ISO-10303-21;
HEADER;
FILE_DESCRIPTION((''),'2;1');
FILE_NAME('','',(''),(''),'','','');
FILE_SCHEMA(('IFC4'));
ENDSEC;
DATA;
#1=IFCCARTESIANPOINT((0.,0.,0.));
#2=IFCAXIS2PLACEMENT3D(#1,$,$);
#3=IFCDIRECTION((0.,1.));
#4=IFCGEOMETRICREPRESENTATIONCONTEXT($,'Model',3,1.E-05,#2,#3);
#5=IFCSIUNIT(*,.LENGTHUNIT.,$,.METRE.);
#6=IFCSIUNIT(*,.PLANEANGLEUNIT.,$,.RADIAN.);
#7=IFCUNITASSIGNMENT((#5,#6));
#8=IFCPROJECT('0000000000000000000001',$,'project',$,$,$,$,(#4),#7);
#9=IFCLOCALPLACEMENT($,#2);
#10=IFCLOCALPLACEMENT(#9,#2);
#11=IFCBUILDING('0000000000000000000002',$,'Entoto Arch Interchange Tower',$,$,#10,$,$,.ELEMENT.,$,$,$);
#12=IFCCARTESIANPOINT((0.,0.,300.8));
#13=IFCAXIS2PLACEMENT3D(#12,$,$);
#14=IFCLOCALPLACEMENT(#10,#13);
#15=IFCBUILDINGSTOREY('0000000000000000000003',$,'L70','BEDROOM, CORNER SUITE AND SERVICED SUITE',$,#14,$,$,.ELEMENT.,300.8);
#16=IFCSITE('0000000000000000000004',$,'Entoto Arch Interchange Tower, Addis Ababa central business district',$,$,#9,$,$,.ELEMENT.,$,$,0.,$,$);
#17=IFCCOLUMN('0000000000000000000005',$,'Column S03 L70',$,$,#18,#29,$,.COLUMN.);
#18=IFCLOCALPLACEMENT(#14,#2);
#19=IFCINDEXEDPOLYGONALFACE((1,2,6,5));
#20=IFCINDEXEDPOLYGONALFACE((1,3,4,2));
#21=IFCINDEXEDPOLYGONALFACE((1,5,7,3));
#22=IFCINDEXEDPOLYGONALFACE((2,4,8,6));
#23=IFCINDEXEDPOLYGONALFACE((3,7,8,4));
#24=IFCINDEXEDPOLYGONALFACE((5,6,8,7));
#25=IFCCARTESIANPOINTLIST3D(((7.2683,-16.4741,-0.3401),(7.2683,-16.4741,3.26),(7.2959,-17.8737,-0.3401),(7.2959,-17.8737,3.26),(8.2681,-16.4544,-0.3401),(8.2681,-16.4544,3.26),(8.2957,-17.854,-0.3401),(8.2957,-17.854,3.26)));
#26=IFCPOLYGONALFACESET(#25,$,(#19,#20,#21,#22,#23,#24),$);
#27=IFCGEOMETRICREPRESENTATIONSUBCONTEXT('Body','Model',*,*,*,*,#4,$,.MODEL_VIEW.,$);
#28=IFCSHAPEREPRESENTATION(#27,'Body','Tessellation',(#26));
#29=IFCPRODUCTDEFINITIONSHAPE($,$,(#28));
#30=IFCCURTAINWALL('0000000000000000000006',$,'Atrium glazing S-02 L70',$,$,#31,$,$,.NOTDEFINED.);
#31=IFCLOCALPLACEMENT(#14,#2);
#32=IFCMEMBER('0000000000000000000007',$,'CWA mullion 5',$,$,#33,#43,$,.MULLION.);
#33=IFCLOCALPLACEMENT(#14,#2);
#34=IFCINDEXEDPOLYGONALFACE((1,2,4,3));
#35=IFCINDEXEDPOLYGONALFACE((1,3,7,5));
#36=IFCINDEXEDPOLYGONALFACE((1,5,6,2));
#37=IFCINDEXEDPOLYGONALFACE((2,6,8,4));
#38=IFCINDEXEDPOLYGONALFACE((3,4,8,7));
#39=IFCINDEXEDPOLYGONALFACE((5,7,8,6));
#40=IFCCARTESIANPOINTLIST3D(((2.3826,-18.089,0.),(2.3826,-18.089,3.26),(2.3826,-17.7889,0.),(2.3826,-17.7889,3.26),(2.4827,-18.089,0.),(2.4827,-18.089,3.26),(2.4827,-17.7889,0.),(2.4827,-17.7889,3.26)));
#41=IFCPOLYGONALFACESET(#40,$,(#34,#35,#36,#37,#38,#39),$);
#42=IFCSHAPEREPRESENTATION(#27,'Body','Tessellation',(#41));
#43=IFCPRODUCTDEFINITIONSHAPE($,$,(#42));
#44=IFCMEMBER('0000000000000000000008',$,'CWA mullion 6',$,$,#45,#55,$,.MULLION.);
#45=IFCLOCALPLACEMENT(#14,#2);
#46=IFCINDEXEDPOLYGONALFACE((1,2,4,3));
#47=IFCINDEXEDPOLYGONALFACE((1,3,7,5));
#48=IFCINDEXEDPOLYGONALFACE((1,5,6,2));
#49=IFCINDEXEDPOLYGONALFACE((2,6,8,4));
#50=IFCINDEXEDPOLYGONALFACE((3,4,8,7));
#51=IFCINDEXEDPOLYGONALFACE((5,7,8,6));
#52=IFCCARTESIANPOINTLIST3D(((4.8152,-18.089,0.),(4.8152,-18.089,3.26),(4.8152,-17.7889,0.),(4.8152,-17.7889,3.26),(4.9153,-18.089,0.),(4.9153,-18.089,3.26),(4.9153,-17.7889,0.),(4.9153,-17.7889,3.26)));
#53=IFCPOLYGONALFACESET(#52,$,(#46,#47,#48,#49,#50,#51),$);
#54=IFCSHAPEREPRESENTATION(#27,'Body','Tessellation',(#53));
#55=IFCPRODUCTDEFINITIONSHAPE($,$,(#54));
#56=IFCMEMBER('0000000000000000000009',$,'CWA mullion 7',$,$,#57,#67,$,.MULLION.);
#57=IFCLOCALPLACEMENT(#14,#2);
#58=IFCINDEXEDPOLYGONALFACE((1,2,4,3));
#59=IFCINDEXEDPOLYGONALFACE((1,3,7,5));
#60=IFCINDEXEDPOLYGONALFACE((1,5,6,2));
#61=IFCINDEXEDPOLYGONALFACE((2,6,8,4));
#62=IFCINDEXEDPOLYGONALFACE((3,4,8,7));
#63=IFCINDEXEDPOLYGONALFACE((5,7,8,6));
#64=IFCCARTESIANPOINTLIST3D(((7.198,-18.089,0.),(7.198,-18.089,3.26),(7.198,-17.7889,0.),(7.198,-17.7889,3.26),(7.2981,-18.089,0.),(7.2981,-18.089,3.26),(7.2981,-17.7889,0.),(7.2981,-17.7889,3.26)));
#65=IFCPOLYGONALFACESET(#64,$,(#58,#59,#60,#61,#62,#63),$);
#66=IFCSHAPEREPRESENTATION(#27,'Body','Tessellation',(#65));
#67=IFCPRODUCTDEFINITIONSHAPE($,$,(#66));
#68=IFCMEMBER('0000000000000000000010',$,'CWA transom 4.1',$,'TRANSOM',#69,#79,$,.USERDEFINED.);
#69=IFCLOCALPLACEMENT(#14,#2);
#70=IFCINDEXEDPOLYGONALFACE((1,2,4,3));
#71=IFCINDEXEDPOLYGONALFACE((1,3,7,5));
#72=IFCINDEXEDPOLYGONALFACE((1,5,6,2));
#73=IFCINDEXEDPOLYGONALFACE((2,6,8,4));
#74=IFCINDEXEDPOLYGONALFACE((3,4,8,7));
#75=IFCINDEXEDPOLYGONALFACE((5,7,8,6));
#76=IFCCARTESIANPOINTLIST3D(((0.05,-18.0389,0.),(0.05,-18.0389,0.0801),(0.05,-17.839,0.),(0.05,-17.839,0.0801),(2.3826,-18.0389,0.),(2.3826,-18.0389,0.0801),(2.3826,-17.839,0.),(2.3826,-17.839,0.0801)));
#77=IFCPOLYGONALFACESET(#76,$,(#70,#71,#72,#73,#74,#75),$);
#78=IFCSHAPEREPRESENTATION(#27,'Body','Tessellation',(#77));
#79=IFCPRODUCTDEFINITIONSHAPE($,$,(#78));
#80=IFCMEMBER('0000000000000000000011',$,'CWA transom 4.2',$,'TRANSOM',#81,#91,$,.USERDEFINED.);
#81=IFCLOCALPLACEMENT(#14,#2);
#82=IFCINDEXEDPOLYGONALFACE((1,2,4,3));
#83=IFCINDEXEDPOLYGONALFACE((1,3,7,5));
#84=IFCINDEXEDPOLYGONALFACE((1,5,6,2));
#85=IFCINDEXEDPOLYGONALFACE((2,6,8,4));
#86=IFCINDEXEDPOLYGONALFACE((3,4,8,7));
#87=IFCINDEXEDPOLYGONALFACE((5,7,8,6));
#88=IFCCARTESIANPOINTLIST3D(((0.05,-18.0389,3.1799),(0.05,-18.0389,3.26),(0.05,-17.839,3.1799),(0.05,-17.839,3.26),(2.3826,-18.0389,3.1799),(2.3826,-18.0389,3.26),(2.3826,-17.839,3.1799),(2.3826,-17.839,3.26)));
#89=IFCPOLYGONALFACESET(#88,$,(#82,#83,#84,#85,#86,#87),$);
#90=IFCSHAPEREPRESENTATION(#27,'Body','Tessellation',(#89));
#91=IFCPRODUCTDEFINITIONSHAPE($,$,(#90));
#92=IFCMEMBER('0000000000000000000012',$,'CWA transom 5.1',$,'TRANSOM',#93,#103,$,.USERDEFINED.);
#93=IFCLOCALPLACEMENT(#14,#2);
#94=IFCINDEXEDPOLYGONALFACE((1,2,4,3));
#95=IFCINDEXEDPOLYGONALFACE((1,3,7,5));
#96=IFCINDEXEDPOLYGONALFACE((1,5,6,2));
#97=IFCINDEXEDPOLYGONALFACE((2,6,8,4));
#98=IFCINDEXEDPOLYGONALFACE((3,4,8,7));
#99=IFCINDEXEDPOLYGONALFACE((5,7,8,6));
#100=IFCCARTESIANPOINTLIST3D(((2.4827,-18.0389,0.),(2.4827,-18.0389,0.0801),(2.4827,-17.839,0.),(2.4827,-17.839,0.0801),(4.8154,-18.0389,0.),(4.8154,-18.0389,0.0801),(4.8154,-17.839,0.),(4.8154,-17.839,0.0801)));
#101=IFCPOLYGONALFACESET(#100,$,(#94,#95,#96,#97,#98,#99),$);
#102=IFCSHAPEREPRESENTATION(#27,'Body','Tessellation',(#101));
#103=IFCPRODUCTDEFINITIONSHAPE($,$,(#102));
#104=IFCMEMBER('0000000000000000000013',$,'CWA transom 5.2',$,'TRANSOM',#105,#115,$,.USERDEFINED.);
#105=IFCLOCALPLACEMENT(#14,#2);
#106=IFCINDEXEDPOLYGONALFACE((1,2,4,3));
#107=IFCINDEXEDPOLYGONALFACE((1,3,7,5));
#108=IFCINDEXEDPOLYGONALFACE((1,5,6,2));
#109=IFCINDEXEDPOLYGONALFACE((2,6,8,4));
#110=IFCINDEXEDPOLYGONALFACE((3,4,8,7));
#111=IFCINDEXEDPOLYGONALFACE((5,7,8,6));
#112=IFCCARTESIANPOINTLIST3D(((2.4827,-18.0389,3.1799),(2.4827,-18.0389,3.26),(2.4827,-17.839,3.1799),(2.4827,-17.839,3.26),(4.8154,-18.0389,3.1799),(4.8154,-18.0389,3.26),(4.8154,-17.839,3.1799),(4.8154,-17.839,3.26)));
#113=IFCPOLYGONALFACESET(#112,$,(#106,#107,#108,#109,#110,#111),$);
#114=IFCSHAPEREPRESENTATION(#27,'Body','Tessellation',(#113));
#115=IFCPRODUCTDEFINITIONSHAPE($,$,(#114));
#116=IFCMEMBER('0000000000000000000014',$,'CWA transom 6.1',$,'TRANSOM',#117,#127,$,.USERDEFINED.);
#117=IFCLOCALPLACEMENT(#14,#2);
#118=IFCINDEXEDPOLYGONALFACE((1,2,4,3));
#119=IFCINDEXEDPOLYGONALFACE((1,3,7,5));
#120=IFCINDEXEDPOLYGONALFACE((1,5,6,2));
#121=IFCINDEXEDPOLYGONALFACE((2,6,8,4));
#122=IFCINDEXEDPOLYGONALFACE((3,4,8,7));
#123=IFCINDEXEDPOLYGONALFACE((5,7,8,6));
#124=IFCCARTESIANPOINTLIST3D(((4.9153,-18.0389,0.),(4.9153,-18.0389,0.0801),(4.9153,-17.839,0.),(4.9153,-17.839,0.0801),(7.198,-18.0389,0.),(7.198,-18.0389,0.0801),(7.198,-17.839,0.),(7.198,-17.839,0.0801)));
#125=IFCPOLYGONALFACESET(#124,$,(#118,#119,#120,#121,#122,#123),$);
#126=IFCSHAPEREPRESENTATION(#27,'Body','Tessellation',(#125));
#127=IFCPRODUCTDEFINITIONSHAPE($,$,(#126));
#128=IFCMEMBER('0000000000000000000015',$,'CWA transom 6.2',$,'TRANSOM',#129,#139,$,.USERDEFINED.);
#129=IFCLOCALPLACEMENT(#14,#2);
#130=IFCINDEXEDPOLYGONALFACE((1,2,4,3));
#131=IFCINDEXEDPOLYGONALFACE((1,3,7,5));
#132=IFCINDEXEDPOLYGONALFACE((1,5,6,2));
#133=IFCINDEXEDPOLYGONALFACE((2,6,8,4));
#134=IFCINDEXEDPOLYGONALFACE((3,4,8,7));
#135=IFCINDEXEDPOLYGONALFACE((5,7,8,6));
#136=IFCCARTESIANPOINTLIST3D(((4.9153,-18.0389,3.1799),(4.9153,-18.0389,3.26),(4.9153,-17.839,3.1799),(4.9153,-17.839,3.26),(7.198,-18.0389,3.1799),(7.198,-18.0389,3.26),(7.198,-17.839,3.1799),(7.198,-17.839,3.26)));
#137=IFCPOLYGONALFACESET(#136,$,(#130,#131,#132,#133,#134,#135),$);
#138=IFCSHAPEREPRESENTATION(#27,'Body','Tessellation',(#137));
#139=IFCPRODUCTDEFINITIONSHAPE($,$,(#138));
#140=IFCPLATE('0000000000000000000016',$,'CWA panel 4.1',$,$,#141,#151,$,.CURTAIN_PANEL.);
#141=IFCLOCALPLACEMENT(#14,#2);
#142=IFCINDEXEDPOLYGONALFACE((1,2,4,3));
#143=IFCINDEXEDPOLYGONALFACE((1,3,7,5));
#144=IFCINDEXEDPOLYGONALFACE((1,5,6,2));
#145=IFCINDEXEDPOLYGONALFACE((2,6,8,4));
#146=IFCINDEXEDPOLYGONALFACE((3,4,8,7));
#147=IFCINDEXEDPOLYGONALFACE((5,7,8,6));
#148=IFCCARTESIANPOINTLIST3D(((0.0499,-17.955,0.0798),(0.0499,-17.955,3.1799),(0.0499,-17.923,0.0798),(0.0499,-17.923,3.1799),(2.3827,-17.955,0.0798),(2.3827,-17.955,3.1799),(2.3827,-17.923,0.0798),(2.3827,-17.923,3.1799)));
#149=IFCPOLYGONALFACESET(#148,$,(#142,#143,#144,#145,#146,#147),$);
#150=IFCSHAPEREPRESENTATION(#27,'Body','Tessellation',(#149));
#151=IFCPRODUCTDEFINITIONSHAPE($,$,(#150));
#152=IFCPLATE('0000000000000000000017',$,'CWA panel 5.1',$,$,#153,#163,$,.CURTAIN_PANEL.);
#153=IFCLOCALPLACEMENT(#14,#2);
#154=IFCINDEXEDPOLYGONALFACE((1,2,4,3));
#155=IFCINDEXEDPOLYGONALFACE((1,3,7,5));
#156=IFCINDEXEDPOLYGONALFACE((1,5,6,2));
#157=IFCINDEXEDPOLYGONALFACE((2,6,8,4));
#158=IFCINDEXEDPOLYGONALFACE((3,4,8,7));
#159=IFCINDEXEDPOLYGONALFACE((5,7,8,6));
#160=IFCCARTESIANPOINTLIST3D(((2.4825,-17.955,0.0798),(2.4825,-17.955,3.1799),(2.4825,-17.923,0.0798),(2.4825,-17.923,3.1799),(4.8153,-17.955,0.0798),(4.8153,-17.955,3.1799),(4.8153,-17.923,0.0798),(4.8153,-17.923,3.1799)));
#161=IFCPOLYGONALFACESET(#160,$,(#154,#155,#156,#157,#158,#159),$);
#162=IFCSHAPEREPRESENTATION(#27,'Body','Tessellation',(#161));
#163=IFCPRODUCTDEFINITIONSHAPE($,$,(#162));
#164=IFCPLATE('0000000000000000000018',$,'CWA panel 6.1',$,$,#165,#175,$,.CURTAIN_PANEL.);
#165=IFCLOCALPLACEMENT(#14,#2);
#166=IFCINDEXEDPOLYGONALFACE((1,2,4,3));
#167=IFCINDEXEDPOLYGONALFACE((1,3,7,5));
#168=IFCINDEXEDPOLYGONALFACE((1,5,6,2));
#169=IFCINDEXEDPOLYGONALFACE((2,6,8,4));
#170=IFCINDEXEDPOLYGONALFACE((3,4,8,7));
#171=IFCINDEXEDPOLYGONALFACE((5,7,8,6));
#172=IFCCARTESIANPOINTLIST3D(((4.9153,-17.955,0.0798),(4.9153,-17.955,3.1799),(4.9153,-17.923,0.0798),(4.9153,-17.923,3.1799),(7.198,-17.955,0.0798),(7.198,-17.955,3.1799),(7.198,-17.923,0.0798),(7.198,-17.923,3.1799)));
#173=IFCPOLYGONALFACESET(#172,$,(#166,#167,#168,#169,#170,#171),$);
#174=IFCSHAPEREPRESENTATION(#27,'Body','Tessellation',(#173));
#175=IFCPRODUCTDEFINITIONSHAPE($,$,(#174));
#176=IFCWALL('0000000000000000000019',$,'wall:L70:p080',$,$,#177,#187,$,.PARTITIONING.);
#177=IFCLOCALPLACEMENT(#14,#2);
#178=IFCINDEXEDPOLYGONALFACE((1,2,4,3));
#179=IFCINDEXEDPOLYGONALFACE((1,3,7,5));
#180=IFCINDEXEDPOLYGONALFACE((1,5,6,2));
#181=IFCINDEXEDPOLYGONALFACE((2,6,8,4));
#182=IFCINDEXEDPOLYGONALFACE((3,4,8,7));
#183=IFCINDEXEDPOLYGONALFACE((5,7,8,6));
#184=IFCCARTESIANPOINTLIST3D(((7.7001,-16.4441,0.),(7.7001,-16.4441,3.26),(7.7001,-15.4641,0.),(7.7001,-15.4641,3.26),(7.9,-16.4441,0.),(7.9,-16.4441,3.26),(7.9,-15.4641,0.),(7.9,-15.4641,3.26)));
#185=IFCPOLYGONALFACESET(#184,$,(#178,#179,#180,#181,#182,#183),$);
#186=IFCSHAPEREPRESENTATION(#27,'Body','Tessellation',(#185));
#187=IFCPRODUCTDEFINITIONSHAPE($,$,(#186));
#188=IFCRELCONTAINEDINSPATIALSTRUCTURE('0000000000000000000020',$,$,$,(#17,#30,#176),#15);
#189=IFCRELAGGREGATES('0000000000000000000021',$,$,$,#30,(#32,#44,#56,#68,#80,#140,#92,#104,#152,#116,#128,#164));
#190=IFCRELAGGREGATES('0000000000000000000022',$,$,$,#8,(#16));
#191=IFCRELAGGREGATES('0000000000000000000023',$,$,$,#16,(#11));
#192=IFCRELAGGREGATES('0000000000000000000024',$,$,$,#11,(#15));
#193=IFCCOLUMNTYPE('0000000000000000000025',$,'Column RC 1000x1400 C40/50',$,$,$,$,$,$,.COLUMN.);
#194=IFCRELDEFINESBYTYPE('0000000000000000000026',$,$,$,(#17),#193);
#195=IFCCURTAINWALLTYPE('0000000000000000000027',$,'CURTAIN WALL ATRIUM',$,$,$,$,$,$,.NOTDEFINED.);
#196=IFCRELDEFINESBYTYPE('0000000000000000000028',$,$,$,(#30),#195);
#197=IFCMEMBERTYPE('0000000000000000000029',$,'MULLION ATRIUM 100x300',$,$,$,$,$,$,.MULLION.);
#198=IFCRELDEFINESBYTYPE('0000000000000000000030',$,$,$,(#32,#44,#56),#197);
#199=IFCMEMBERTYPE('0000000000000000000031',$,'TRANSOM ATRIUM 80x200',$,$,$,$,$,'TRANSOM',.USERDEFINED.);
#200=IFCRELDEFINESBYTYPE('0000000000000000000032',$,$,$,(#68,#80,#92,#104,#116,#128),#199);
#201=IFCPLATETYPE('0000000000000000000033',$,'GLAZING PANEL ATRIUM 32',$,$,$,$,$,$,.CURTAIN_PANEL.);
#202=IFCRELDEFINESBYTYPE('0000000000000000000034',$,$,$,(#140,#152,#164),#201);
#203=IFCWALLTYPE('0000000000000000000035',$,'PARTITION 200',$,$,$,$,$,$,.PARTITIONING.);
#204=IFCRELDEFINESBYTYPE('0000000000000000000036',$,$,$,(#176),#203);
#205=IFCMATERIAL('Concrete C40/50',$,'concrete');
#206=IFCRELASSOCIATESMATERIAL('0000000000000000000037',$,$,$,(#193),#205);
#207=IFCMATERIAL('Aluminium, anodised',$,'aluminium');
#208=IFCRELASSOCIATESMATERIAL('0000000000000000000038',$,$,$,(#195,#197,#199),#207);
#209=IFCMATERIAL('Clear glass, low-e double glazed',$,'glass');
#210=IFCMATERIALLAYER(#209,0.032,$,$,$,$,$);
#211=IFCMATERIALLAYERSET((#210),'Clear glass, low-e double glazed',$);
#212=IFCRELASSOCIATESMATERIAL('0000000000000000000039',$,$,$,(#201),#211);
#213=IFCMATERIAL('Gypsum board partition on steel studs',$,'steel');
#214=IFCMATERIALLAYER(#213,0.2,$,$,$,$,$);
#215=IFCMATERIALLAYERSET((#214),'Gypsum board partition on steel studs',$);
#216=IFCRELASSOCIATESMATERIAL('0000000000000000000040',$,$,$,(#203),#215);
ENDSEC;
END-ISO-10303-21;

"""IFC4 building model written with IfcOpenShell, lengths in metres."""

from ifc_helpers import new_model, si_unit, direction, frame, frame_2d, origin, origin_2d, place, context, subcontext, project, spatial, rectangle, extrude, material, layer, layer_set, material_profile, profile_set, type_object, element, aggregate, save


model = new_model("IFC4")

# Units and contexts
model_context = context("Model", 3, precision=1e-05, world=origin(), true_north=direction((0.0, 1.0)))
body_context = subcontext(model_context, "Body", "Model", "MODEL_VIEW")
ifc_project = project(units=[si_unit("LENGTHUNIT", "METRE"), si_unit("PLANEANGLEUNIT", "RADIAN")], contexts=[model_context])

# Site, building, storey
site_placement = place(None, origin())
site = spatial("IfcSite", under=ifc_project, at=site_placement, Name="Entoto Arch Interchange Tower, Addis Ababa central business district", CompositionType="ELEMENT", RefElevation=0.0)
building_placement = place(site_placement, origin())
building = spatial("IfcBuilding", under=site, at=building_placement, Name="Entoto Arch Interchange Tower", CompositionType="ELEMENT")
storey_placement = place(building_placement, frame((0.0, 0.0, 300.8)))
storey = spatial("IfcBuildingStorey", under=building, at=storey_placement, Name="L70", Description="BEDROOM, CORNER SUITE AND SERVICED SUITE", CompositionType="ELEMENT", Elevation=300.8)

# Column
ifc_material_1 = material(Name="Concrete C40/50", Category="concrete")
ifc_material_profile_1 = material_profile(ifc_material_1, rectangle(XDim=1.0, YDim=1.3999, at=origin_2d()))
ifc_profile_set_1 = profile_set([ifc_material_profile_1], Name="Concrete C40/50")
column_type = type_object("IfcColumnType", Name="Column RC 1000x1400 C40/50", PredefinedType="COLUMN", material=ifc_profile_set_1)
column_placement = place(storey_placement, frame((7.782, -17.1641, -0.3401), z_axis=(0.0, 0.0, 1.0), x_axis=(0.999806, 0.019721, 0.0)))
element("IfcColumn", 1, at=column_placement, inside=storey, type_object=column_type, Name="Column S03 L70", PredefinedType="COLUMN", context=body_context, shape_type="SweptSolid", body=[
    extrude(rectangle(XDim=1.0, YDim=1.3999, at=origin_2d()), origin(), (0.0, 0.0, 1.0), 3.6001),
])

# Curtain wall, members, plates
ifc_material_2 = material(Name="Aluminium, anodised", Category="aluminium")
curtain_wall_type = type_object("IfcCurtainWallType", Name="CURTAIN WALL ATRIUM", PredefinedType="NOTDEFINED", material=ifc_material_2)
curtain_wall_placement = place(storey_placement, origin())
curtain_wall = element("IfcCurtainWall", 2, at=curtain_wall_placement, inside=storey, type_object=curtain_wall_type, Name="Atrium glazing S-02 L70", PredefinedType="NOTDEFINED")
ifc_material_profile_2 = material_profile(ifc_material_2, rectangle(XDim=0.3, YDim=0.1001, at=origin_2d()))
ifc_profile_set_2 = profile_set([ifc_material_profile_2], Name="Aluminium, anodised")
member_type_1 = type_object("IfcMemberType", Name="MULLION ATRIUM 100x300", PredefinedType="MULLION", material=ifc_profile_set_2)
member_1_placement = place(storey_placement, frame((2.4326, -17.939, 0.0), z_axis=(0.0, 0.0, 1.0), x_axis=(0.0, 1.0, 0.0)))
member_1 = element("IfcMember", 3, at=member_1_placement, type_object=member_type_1, Name="CWA mullion 5", PredefinedType="MULLION", context=body_context, shape_type="SweptSolid", body=[
    extrude(rectangle(XDim=0.3, YDim=0.1001, at=origin_2d()), origin(), (0.0, 0.0, 1.0), 3.26),
])
member_2_placement = place(storey_placement, frame((4.8652, -17.939, 0.0), z_axis=(0.0, 0.0, 1.0), x_axis=(0.0, 1.0, 0.0)))
member_2 = element("IfcMember", 4, at=member_2_placement, type_object=member_type_1, Name="CWA mullion 6", PredefinedType="MULLION", context=body_context, shape_type="SweptSolid", body=[
    extrude(rectangle(XDim=0.3, YDim=0.1001, at=origin_2d()), origin(), (0.0, 0.0, 1.0), 3.26),
])
member_3_placement = place(storey_placement, frame((7.248, -17.939, 0.0), z_axis=(0.0, 0.0, 1.0), x_axis=(0.0, 1.0, 0.0)))
member_3 = element("IfcMember", 5, at=member_3_placement, type_object=member_type_1, Name="CWA mullion 7", PredefinedType="MULLION", context=body_context, shape_type="SweptSolid", body=[
    extrude(rectangle(XDim=0.3, YDim=0.1001, at=origin_2d()), origin(), (0.0, 0.0, 1.0), 3.26),
])
ifc_material_profile_3 = material_profile(ifc_material_2, rectangle(XDim=0.2, YDim=0.0801, at=origin_2d()))
ifc_profile_set_3 = profile_set([ifc_material_profile_3], Name="Aluminium, anodised")
member_type_2 = type_object("IfcMemberType", Name="TRANSOM ATRIUM 80x200", ElementType="TRANSOM", PredefinedType="USERDEFINED", material=ifc_profile_set_3)
member_4_placement = place(storey_placement, frame((0.05, -17.939, 0.04), z_axis=(1.0, 0.0, 0.0), x_axis=(0.0, 1.0, 0.0)))
member_4 = element("IfcMember", 6, at=member_4_placement, type_object=member_type_2, Name="CWA transom 4.1", ObjectType="TRANSOM", PredefinedType="USERDEFINED", context=body_context, shape_type="SweptSolid", body=[
    extrude(rectangle(XDim=0.2, YDim=0.0801, at=origin_2d()), origin(), (0.0, 0.0, 1.0), 2.3325),
])
member_5_placement = place(storey_placement, frame((0.05, -17.939, 3.22), z_axis=(1.0, 0.0, 0.0), x_axis=(0.0, 1.0, 0.0)))
member_5 = element("IfcMember", 7, at=member_5_placement, type_object=member_type_2, Name="CWA transom 4.2", ObjectType="TRANSOM", PredefinedType="USERDEFINED", context=body_context, shape_type="SweptSolid", body=[
    extrude(rectangle(XDim=0.2, YDim=0.0801, at=origin_2d()), origin(), (0.0, 0.0, 1.0), 2.3325),
])
member_6_placement = place(storey_placement, frame((2.4827, -17.939, 0.04), z_axis=(1.0, 0.0, 0.0), x_axis=(0.0, 1.0, 0.0)))
member_6 = element("IfcMember", 8, at=member_6_placement, type_object=member_type_2, Name="CWA transom 5.1", ObjectType="TRANSOM", PredefinedType="USERDEFINED", context=body_context, shape_type="SweptSolid", body=[
    extrude(rectangle(XDim=0.2, YDim=0.0801, at=origin_2d()), origin(), (0.0, 0.0, 1.0), 2.3328),
])
member_7_placement = place(storey_placement, frame((2.4827, -17.939, 3.22), z_axis=(1.0, 0.0, 0.0), x_axis=(0.0, 1.0, 0.0)))
member_7 = element("IfcMember", 9, at=member_7_placement, type_object=member_type_2, Name="CWA transom 5.2", ObjectType="TRANSOM", PredefinedType="USERDEFINED", context=body_context, shape_type="SweptSolid", body=[
    extrude(rectangle(XDim=0.2, YDim=0.0801, at=origin_2d()), origin(), (0.0, 0.0, 1.0), 2.3328),
])
member_8_placement = place(storey_placement, frame((4.9153, -17.939, 0.04), z_axis=(1.0, 0.0, 0.0), x_axis=(0.0, 1.0, 0.0)))
member_8 = element("IfcMember", 10, at=member_8_placement, type_object=member_type_2, Name="CWA transom 6.1", ObjectType="TRANSOM", PredefinedType="USERDEFINED", context=body_context, shape_type="SweptSolid", body=[
    extrude(rectangle(XDim=0.2, YDim=0.0801, at=origin_2d()), origin(), (0.0, 0.0, 1.0), 2.2827),
])
member_9_placement = place(storey_placement, frame((4.9153, -17.939, 3.22), z_axis=(1.0, 0.0, 0.0), x_axis=(0.0, 1.0, 0.0)))
member_9 = element("IfcMember", 11, at=member_9_placement, type_object=member_type_2, Name="CWA transom 6.2", ObjectType="TRANSOM", PredefinedType="USERDEFINED", context=body_context, shape_type="SweptSolid", body=[
    extrude(rectangle(XDim=0.2, YDim=0.0801, at=origin_2d()), origin(), (0.0, 0.0, 1.0), 2.2827),
])
ifc_material_3 = material(Name="Clear glass, low-e double glazed", Category="glass")
ifc_layer_1 = layer(ifc_material_3, 0.032)
ifc_layer_set_1 = layer_set([ifc_layer_1], Name="Clear glass, low-e double glazed")
plate_type = type_object("IfcPlateType", Name="GLAZING PANEL ATRIUM 32", PredefinedType="CURTAIN_PANEL", material=ifc_layer_set_1)
plate_1_placement = place(storey_placement, frame((1.2163, -17.939, 0.0798), z_axis=(0.0, 0.0, 1.0), x_axis=(1.0, 0.0, 0.0)))
plate_1 = element("IfcPlate", 12, at=plate_1_placement, type_object=plate_type, Name="CWA panel 4.1", PredefinedType="CURTAIN_PANEL", context=body_context, shape_type="SweptSolid", body=[
    extrude(rectangle(XDim=2.3328, YDim=0.032, at=origin_2d()), origin(), (0.0, 0.0, 1.0), 3.1001),
])
plate_2_placement = place(storey_placement, frame((3.6489, -17.939, 0.0798), z_axis=(0.0, 0.0, 1.0), x_axis=(1.0, 0.0, 0.0)))
plate_2 = element("IfcPlate", 13, at=plate_2_placement, type_object=plate_type, Name="CWA panel 5.1", PredefinedType="CURTAIN_PANEL", context=body_context, shape_type="SweptSolid", body=[
    extrude(rectangle(XDim=2.3328, YDim=0.032, at=origin_2d()), origin(), (0.0, 0.0, 1.0), 3.1001),
])
plate_3_placement = place(storey_placement, frame((6.0566, -17.939, 0.0798), z_axis=(0.0, 0.0, 1.0), x_axis=(1.0, 0.0, 0.0)))
plate_3 = element("IfcPlate", 14, at=plate_3_placement, type_object=plate_type, Name="CWA panel 6.1", PredefinedType="CURTAIN_PANEL", context=body_context, shape_type="SweptSolid", body=[
    extrude(rectangle(XDim=2.2827, YDim=0.032, at=origin_2d()), origin(), (0.0, 0.0, 1.0), 3.1001),
])
aggregate(curtain_wall, [member_1, member_2, member_3, member_4, member_5, plate_1, member_6, member_7, plate_2, member_8, member_9, plate_3])

# Wall
ifc_material_4 = material(Name="Gypsum board partition on steel studs", Category="steel")
ifc_layer_2 = layer(ifc_material_4, 0.2)
ifc_layer_set_2 = layer_set([ifc_layer_2], Name="Gypsum board partition on steel studs")
wall_type_1 = type_object("IfcWallType", Name="PARTITION 200", PredefinedType="PARTITIONING", material=ifc_layer_set_2)
wall_1_placement = place(storey_placement, frame((7.8, -15.4641, 0.0), z_axis=(0.0, 0.0, 1.0), x_axis=(0.0, -1.0, 0.0)))
element("IfcWall", 15, at=wall_1_placement, inside=storey, type_object=wall_type_1, Name="wall:L70:p080", PredefinedType="PARTITIONING", context=body_context, shape_type="SweptSolid", body=[
    extrude(rectangle(XDim=0.98, YDim=0.2, at=frame_2d((0.49, 0.0))), origin(), (0.0, 0.0, 1.0), 3.26),
])

save(model, "model.ifc")
